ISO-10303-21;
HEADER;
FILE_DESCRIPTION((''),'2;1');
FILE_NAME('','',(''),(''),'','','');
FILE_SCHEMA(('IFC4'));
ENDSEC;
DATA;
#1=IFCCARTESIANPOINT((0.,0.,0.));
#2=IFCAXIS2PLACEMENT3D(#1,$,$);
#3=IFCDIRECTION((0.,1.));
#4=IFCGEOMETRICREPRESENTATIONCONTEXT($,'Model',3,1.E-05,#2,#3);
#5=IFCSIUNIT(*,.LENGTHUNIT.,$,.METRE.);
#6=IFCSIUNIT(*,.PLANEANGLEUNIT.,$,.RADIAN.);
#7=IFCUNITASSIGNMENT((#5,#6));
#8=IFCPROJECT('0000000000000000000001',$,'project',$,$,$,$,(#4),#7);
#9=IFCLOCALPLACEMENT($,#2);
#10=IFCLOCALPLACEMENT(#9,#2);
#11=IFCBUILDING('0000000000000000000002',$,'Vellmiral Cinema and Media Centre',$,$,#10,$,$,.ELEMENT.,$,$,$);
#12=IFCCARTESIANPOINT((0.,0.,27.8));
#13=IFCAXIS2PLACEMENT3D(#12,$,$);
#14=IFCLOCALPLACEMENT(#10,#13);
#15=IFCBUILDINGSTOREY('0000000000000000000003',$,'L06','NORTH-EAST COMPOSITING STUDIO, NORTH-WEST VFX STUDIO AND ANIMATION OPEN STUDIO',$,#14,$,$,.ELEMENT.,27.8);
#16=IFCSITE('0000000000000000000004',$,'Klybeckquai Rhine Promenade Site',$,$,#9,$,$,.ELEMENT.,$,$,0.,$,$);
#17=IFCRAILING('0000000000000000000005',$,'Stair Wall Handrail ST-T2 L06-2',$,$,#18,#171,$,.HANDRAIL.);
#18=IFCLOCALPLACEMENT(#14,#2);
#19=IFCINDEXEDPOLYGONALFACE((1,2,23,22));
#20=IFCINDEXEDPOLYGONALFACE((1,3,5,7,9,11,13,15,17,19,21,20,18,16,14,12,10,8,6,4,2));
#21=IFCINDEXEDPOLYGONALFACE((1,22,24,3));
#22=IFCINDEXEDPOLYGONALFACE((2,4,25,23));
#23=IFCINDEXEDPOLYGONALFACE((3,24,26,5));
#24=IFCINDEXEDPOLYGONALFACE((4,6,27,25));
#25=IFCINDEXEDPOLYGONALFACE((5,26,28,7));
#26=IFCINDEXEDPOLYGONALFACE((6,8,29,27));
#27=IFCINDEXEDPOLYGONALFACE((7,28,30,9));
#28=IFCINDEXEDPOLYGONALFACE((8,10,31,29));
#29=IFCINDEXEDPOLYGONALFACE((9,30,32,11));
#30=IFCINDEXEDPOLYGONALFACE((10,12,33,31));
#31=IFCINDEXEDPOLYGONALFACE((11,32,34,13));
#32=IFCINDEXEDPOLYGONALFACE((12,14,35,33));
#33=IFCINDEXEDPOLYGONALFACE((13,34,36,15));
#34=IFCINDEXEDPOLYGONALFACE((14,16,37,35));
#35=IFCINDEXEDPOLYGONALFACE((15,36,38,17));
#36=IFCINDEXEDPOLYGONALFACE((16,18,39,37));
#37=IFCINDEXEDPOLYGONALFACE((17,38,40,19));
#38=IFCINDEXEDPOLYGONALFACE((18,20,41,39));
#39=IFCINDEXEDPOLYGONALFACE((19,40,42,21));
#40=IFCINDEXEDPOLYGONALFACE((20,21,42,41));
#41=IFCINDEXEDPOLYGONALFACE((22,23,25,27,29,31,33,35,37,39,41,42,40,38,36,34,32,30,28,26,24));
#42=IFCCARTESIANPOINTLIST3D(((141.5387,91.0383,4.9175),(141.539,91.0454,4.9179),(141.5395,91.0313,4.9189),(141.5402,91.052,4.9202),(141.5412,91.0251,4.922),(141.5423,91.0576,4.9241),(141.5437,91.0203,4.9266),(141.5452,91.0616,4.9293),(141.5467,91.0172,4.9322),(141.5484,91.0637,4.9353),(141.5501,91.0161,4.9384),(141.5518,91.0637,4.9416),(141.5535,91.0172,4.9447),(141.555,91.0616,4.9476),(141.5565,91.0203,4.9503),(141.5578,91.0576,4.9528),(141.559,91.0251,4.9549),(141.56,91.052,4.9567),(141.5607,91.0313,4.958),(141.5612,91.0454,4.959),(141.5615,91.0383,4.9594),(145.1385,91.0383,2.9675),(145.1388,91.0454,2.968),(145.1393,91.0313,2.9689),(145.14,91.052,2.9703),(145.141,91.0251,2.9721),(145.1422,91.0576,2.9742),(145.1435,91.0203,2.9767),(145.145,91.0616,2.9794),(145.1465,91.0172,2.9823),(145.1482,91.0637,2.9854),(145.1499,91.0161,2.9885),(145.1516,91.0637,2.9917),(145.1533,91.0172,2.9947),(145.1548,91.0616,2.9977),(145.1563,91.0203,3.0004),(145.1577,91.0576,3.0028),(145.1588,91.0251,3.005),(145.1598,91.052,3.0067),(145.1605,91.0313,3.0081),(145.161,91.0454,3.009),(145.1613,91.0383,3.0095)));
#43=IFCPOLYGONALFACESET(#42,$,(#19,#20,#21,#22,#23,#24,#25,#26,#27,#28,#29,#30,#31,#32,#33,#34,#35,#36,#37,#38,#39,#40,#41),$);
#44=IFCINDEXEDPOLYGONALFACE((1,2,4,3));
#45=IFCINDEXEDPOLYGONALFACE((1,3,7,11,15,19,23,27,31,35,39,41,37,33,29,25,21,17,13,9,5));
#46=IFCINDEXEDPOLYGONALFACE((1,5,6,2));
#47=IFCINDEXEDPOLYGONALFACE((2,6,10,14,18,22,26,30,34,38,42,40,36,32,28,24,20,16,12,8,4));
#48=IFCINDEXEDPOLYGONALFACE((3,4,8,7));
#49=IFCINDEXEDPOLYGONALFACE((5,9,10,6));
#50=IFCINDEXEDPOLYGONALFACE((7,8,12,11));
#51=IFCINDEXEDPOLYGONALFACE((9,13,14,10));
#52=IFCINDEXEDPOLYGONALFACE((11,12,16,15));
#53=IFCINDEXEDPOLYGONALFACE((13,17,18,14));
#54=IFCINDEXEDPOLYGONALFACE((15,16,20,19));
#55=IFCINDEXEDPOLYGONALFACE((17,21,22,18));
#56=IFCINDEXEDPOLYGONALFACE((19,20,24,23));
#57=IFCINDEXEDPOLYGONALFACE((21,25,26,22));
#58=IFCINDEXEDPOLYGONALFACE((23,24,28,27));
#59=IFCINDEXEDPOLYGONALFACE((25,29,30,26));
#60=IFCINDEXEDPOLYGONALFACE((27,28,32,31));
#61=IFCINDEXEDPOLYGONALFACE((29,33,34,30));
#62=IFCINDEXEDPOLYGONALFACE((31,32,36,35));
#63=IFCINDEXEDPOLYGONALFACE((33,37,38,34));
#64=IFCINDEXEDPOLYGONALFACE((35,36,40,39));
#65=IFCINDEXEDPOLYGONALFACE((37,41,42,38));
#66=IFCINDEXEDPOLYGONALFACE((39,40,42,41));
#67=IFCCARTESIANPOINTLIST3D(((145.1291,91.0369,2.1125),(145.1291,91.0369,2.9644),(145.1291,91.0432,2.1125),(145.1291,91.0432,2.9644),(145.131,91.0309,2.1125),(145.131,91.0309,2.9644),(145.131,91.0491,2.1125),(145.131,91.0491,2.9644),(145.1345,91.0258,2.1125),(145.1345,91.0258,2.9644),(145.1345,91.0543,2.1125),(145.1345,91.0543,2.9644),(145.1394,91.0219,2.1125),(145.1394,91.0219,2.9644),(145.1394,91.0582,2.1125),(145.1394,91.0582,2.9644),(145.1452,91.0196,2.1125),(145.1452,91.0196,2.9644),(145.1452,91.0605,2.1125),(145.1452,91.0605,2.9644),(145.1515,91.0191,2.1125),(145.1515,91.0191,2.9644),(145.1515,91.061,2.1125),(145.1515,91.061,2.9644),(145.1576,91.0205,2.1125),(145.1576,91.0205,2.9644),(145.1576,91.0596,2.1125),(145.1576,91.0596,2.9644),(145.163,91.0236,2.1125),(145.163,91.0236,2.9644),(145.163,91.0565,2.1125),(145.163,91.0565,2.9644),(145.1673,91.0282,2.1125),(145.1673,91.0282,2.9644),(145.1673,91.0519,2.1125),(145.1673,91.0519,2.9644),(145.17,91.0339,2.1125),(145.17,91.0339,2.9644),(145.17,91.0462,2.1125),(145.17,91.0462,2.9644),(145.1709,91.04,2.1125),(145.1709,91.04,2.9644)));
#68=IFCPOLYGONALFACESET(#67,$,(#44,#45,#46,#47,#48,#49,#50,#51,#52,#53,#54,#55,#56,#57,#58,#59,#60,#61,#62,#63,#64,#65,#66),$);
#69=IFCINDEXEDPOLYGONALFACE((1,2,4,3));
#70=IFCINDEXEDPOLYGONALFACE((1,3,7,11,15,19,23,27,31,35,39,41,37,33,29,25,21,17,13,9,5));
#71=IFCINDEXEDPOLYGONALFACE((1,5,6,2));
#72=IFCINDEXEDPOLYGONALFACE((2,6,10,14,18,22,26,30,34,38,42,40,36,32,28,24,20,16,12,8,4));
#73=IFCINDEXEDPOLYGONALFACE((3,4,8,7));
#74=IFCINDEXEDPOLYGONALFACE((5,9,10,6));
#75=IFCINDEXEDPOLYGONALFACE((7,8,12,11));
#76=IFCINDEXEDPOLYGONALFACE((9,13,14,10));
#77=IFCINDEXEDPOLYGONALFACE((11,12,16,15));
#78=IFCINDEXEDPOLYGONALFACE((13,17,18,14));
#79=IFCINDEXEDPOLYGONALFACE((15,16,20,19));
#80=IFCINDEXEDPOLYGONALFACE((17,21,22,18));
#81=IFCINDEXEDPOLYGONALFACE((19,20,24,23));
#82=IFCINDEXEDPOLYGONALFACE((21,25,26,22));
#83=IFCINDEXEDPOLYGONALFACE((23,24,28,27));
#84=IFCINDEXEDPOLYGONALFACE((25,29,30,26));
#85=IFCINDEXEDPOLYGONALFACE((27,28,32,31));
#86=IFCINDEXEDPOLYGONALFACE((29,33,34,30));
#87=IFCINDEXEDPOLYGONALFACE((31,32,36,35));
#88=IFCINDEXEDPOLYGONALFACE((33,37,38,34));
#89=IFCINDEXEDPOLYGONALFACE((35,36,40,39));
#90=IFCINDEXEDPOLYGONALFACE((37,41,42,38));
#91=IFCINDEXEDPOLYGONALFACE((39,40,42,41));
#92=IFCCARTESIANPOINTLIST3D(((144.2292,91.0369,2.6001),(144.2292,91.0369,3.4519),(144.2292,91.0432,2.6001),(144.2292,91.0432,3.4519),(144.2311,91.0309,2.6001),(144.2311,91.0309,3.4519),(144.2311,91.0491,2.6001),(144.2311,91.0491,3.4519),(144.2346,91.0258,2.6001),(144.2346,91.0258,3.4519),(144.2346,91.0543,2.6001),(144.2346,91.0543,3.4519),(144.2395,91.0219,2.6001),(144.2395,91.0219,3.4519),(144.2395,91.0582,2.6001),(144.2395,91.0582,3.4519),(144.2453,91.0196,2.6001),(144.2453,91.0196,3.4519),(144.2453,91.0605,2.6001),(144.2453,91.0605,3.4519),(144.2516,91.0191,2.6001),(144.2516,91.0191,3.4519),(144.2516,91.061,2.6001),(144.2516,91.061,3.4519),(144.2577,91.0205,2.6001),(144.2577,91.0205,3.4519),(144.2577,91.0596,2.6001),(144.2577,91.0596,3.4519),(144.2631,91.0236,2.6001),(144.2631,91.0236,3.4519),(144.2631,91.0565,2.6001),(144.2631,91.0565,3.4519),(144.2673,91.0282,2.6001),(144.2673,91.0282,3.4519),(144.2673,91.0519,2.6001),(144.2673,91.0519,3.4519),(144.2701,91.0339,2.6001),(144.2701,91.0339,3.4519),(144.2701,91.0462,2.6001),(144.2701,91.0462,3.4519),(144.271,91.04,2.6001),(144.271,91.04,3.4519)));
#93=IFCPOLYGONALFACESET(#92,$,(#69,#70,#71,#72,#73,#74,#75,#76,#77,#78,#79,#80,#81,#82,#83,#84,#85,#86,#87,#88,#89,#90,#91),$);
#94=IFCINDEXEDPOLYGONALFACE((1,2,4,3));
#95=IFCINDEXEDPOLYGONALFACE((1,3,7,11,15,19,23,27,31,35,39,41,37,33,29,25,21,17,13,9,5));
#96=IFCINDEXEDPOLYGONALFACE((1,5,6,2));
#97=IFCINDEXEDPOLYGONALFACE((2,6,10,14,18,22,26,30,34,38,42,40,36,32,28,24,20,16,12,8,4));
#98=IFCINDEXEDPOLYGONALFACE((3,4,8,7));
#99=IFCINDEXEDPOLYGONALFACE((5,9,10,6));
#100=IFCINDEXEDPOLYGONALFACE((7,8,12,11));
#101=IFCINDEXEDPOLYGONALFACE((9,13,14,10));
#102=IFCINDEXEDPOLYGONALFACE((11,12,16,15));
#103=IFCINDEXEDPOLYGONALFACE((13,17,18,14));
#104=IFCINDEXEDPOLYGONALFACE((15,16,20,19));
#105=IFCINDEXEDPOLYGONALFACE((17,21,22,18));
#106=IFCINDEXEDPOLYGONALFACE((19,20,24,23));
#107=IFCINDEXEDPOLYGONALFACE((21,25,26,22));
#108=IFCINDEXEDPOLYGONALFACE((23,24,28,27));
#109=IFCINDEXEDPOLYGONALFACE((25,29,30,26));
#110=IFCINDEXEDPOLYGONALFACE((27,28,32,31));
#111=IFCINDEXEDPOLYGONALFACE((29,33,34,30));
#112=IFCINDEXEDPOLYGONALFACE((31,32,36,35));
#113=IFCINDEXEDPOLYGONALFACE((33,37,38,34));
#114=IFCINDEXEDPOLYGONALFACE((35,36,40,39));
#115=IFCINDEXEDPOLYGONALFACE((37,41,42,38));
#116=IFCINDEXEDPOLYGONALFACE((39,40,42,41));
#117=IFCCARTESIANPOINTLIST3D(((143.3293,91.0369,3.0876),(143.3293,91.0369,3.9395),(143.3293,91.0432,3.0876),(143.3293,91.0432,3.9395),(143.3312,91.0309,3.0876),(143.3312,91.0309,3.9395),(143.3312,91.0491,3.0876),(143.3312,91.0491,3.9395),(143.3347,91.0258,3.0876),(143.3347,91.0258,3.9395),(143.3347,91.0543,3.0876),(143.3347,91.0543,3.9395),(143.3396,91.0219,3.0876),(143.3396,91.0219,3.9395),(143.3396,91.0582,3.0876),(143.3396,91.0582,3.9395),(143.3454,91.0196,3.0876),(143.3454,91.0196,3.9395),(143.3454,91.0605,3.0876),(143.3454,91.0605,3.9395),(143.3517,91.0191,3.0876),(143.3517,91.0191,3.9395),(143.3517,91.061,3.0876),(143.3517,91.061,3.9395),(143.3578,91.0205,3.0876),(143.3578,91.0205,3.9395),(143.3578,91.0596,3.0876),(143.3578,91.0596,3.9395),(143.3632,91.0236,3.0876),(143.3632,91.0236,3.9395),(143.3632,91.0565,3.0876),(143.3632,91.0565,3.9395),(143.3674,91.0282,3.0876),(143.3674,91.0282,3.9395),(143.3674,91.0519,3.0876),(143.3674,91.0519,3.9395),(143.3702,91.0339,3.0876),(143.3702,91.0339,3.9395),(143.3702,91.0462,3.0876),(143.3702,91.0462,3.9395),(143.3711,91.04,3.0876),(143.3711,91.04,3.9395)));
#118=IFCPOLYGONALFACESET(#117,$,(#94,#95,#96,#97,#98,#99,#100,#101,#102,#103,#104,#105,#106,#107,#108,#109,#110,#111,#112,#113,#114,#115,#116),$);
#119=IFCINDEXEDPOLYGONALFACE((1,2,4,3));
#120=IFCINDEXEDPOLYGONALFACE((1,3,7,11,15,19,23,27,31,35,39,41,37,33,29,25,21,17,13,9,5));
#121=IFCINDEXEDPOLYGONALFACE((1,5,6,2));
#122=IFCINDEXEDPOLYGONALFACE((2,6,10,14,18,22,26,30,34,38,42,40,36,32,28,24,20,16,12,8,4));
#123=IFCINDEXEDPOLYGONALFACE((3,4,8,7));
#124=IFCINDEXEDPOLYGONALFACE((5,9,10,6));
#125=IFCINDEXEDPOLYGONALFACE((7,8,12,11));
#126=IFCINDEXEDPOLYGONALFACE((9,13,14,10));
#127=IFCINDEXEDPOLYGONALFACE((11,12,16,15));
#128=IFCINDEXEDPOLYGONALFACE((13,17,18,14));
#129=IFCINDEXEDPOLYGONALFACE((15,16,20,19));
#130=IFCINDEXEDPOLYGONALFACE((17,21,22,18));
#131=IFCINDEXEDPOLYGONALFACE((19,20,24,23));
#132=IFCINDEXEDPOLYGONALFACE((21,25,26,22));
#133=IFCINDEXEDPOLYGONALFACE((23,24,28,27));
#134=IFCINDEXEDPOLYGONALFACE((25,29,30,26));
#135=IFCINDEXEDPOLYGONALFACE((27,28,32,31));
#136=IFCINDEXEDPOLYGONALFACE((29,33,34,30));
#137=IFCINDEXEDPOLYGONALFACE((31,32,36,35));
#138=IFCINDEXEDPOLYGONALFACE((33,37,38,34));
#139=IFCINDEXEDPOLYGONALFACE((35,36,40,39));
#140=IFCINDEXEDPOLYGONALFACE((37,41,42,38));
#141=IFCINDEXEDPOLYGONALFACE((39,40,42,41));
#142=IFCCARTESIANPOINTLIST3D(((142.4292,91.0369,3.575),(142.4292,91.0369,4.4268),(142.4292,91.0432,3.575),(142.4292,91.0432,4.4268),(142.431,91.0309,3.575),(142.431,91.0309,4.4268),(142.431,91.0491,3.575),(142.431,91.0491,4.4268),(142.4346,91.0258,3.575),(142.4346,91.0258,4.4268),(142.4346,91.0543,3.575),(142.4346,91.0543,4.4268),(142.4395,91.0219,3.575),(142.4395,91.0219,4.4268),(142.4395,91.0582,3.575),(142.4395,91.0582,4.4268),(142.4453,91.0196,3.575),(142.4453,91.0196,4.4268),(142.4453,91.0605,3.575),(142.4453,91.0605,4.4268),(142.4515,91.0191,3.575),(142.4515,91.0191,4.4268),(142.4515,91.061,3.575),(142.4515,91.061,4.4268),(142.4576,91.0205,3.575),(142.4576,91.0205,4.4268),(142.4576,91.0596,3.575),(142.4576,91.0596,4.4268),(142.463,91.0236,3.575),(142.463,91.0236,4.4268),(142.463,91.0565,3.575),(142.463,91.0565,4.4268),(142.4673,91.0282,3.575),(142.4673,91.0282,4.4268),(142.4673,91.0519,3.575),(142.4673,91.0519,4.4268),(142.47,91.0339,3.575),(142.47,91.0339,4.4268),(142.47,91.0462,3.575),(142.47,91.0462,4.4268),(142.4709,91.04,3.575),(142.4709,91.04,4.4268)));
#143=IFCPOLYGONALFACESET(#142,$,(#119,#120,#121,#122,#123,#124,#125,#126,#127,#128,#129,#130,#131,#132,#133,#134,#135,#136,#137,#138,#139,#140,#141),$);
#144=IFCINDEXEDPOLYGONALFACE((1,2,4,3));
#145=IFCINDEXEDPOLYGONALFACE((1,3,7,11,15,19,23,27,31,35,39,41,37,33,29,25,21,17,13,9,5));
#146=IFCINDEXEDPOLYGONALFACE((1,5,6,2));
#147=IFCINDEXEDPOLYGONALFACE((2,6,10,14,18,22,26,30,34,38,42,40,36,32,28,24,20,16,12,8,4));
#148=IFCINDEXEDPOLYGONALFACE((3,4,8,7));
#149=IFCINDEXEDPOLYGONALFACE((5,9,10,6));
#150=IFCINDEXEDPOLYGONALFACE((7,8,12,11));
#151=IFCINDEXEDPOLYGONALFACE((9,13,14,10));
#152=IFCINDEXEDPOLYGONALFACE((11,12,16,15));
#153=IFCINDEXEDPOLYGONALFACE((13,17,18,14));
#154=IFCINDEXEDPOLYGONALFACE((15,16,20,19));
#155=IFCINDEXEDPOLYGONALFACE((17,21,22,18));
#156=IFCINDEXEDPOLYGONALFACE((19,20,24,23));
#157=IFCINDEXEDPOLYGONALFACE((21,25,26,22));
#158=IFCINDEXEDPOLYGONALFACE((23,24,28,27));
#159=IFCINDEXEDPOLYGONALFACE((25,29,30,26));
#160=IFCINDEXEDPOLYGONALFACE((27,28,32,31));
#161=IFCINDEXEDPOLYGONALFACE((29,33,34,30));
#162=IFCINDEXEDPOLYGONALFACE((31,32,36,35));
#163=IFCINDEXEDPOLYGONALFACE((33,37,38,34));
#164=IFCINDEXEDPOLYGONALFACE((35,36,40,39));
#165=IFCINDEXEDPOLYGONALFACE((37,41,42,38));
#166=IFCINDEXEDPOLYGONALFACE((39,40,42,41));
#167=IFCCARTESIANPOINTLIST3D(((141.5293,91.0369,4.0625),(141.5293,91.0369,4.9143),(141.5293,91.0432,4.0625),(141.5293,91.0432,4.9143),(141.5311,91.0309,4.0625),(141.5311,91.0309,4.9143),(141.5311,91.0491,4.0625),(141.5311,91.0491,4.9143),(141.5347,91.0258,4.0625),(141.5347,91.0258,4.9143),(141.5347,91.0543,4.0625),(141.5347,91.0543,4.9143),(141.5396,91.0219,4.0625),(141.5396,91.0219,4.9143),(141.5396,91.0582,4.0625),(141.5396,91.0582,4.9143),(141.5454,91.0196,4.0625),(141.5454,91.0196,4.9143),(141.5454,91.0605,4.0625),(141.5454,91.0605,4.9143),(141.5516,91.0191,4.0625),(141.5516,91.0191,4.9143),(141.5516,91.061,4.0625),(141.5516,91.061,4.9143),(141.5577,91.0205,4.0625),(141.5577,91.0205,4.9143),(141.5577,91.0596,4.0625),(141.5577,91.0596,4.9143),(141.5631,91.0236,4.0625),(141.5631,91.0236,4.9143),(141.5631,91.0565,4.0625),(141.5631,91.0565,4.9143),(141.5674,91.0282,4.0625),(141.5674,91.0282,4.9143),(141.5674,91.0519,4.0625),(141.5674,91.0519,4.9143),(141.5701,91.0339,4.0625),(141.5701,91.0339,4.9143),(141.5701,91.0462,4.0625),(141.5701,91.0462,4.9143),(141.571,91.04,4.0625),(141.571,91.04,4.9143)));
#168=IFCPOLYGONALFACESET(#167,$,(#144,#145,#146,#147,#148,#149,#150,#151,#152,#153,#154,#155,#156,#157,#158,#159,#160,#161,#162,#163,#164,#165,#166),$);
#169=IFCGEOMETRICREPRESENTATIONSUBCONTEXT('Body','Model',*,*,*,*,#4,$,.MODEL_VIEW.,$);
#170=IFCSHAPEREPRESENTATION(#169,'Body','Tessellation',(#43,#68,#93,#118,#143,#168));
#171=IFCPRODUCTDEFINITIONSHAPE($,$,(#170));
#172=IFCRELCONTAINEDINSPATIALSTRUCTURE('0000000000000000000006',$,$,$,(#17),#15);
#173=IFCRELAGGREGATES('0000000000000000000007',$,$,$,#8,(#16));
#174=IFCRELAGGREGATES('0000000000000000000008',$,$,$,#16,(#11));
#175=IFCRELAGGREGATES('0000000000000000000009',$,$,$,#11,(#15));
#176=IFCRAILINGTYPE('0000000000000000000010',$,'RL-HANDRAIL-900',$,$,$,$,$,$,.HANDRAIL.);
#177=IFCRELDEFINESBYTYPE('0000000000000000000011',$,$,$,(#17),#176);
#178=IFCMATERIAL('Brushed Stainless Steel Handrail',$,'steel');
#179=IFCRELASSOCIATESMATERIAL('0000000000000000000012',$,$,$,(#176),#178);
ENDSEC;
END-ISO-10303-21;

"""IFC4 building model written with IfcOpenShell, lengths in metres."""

from ifc_helpers import new_model, si_unit, direction, frame, origin, origin_2d, place, context, subcontext, project, spatial, circle, extrude, material, type_object, element, save


model = new_model("IFC4")

# Units and contexts
model_context = context("Model", 3, precision=1e-05, world=origin(), true_north=direction((0.0, 1.0)))
body_context = subcontext(model_context, "Body", "Model", "MODEL_VIEW")
ifc_project = project(units=[si_unit("LENGTHUNIT", "METRE"), si_unit("PLANEANGLEUNIT", "RADIAN")], contexts=[model_context])

# Site, building, storey
site_placement = place(None, origin())
site = spatial("IfcSite", under=ifc_project, at=site_placement, Name="Klybeckquai Rhine Promenade Site", CompositionType="ELEMENT", RefElevation=0.0)
building_placement = place(site_placement, origin())
building = spatial("IfcBuilding", under=site, at=building_placement, Name="Vellmiral Cinema and Media Centre", CompositionType="ELEMENT")
storey_placement = place(building_placement, frame((0.0, 0.0, 27.8)))
storey = spatial("IfcBuildingStorey", under=building, at=storey_placement, Name="L06", Description="NORTH-EAST COMPOSITING STUDIO, NORTH-WEST VFX STUDIO AND ANIMATION OPEN STUDIO", CompositionType="ELEMENT", Elevation=27.8)

# Railing
ifc_material_1 = material(Name="Brushed Stainless Steel Handrail", Category="steel")
railing_type_1 = type_object("IfcRailingType", Name="RL-HANDRAIL-900", PredefinedType="HANDRAIL", material=ifc_material_1)
railing_1_placement = place(storey_placement, frame((145.1499, 91.04, 2.1125)))
element("IfcRailing", 1, at=railing_1_placement, inside=storey, type_object=railing_type_1, Name="Stair Wall Handrail ST-T2 L06-2", PredefinedType="HANDRAIL", context=body_context, shape_type="SweptSolid", body=[
    extrude(circle(Radius=0.0239, at=origin_2d()), frame((0.0, 0.0, 0.876), z_axis=(-0.879289, 0.0, 0.476289), x_axis=(0.0, -1.0, 0.0)), (0.0, 0.0, 1.0), 4.094),
    extrude(circle(Radius=0.021, at=origin_2d()), origin(), (0.0, 0.0, 1.0), 0.8518),
    extrude(circle(Radius=0.021, at=origin_2d()), frame((-0.8999, 0.0, 0.4875)), (0.0, 0.0, 1.0), 0.8518),
    extrude(circle(Radius=0.021, at=origin_2d()), frame((-1.7998, 0.0, 0.9751)), (0.0, 0.0, 1.0), 0.8518),
    extrude(circle(Radius=0.021, at=origin_2d()), frame((-2.7, 0.0, 1.4624)), (0.0, 0.0, 1.0), 0.8518),
    extrude(circle(Radius=0.021, at=origin_2d()), frame((-3.5999, 0.0, 1.95)), (0.0, 0.0, 1.0), 0.8518),
])

save(model, "model.ifc")
